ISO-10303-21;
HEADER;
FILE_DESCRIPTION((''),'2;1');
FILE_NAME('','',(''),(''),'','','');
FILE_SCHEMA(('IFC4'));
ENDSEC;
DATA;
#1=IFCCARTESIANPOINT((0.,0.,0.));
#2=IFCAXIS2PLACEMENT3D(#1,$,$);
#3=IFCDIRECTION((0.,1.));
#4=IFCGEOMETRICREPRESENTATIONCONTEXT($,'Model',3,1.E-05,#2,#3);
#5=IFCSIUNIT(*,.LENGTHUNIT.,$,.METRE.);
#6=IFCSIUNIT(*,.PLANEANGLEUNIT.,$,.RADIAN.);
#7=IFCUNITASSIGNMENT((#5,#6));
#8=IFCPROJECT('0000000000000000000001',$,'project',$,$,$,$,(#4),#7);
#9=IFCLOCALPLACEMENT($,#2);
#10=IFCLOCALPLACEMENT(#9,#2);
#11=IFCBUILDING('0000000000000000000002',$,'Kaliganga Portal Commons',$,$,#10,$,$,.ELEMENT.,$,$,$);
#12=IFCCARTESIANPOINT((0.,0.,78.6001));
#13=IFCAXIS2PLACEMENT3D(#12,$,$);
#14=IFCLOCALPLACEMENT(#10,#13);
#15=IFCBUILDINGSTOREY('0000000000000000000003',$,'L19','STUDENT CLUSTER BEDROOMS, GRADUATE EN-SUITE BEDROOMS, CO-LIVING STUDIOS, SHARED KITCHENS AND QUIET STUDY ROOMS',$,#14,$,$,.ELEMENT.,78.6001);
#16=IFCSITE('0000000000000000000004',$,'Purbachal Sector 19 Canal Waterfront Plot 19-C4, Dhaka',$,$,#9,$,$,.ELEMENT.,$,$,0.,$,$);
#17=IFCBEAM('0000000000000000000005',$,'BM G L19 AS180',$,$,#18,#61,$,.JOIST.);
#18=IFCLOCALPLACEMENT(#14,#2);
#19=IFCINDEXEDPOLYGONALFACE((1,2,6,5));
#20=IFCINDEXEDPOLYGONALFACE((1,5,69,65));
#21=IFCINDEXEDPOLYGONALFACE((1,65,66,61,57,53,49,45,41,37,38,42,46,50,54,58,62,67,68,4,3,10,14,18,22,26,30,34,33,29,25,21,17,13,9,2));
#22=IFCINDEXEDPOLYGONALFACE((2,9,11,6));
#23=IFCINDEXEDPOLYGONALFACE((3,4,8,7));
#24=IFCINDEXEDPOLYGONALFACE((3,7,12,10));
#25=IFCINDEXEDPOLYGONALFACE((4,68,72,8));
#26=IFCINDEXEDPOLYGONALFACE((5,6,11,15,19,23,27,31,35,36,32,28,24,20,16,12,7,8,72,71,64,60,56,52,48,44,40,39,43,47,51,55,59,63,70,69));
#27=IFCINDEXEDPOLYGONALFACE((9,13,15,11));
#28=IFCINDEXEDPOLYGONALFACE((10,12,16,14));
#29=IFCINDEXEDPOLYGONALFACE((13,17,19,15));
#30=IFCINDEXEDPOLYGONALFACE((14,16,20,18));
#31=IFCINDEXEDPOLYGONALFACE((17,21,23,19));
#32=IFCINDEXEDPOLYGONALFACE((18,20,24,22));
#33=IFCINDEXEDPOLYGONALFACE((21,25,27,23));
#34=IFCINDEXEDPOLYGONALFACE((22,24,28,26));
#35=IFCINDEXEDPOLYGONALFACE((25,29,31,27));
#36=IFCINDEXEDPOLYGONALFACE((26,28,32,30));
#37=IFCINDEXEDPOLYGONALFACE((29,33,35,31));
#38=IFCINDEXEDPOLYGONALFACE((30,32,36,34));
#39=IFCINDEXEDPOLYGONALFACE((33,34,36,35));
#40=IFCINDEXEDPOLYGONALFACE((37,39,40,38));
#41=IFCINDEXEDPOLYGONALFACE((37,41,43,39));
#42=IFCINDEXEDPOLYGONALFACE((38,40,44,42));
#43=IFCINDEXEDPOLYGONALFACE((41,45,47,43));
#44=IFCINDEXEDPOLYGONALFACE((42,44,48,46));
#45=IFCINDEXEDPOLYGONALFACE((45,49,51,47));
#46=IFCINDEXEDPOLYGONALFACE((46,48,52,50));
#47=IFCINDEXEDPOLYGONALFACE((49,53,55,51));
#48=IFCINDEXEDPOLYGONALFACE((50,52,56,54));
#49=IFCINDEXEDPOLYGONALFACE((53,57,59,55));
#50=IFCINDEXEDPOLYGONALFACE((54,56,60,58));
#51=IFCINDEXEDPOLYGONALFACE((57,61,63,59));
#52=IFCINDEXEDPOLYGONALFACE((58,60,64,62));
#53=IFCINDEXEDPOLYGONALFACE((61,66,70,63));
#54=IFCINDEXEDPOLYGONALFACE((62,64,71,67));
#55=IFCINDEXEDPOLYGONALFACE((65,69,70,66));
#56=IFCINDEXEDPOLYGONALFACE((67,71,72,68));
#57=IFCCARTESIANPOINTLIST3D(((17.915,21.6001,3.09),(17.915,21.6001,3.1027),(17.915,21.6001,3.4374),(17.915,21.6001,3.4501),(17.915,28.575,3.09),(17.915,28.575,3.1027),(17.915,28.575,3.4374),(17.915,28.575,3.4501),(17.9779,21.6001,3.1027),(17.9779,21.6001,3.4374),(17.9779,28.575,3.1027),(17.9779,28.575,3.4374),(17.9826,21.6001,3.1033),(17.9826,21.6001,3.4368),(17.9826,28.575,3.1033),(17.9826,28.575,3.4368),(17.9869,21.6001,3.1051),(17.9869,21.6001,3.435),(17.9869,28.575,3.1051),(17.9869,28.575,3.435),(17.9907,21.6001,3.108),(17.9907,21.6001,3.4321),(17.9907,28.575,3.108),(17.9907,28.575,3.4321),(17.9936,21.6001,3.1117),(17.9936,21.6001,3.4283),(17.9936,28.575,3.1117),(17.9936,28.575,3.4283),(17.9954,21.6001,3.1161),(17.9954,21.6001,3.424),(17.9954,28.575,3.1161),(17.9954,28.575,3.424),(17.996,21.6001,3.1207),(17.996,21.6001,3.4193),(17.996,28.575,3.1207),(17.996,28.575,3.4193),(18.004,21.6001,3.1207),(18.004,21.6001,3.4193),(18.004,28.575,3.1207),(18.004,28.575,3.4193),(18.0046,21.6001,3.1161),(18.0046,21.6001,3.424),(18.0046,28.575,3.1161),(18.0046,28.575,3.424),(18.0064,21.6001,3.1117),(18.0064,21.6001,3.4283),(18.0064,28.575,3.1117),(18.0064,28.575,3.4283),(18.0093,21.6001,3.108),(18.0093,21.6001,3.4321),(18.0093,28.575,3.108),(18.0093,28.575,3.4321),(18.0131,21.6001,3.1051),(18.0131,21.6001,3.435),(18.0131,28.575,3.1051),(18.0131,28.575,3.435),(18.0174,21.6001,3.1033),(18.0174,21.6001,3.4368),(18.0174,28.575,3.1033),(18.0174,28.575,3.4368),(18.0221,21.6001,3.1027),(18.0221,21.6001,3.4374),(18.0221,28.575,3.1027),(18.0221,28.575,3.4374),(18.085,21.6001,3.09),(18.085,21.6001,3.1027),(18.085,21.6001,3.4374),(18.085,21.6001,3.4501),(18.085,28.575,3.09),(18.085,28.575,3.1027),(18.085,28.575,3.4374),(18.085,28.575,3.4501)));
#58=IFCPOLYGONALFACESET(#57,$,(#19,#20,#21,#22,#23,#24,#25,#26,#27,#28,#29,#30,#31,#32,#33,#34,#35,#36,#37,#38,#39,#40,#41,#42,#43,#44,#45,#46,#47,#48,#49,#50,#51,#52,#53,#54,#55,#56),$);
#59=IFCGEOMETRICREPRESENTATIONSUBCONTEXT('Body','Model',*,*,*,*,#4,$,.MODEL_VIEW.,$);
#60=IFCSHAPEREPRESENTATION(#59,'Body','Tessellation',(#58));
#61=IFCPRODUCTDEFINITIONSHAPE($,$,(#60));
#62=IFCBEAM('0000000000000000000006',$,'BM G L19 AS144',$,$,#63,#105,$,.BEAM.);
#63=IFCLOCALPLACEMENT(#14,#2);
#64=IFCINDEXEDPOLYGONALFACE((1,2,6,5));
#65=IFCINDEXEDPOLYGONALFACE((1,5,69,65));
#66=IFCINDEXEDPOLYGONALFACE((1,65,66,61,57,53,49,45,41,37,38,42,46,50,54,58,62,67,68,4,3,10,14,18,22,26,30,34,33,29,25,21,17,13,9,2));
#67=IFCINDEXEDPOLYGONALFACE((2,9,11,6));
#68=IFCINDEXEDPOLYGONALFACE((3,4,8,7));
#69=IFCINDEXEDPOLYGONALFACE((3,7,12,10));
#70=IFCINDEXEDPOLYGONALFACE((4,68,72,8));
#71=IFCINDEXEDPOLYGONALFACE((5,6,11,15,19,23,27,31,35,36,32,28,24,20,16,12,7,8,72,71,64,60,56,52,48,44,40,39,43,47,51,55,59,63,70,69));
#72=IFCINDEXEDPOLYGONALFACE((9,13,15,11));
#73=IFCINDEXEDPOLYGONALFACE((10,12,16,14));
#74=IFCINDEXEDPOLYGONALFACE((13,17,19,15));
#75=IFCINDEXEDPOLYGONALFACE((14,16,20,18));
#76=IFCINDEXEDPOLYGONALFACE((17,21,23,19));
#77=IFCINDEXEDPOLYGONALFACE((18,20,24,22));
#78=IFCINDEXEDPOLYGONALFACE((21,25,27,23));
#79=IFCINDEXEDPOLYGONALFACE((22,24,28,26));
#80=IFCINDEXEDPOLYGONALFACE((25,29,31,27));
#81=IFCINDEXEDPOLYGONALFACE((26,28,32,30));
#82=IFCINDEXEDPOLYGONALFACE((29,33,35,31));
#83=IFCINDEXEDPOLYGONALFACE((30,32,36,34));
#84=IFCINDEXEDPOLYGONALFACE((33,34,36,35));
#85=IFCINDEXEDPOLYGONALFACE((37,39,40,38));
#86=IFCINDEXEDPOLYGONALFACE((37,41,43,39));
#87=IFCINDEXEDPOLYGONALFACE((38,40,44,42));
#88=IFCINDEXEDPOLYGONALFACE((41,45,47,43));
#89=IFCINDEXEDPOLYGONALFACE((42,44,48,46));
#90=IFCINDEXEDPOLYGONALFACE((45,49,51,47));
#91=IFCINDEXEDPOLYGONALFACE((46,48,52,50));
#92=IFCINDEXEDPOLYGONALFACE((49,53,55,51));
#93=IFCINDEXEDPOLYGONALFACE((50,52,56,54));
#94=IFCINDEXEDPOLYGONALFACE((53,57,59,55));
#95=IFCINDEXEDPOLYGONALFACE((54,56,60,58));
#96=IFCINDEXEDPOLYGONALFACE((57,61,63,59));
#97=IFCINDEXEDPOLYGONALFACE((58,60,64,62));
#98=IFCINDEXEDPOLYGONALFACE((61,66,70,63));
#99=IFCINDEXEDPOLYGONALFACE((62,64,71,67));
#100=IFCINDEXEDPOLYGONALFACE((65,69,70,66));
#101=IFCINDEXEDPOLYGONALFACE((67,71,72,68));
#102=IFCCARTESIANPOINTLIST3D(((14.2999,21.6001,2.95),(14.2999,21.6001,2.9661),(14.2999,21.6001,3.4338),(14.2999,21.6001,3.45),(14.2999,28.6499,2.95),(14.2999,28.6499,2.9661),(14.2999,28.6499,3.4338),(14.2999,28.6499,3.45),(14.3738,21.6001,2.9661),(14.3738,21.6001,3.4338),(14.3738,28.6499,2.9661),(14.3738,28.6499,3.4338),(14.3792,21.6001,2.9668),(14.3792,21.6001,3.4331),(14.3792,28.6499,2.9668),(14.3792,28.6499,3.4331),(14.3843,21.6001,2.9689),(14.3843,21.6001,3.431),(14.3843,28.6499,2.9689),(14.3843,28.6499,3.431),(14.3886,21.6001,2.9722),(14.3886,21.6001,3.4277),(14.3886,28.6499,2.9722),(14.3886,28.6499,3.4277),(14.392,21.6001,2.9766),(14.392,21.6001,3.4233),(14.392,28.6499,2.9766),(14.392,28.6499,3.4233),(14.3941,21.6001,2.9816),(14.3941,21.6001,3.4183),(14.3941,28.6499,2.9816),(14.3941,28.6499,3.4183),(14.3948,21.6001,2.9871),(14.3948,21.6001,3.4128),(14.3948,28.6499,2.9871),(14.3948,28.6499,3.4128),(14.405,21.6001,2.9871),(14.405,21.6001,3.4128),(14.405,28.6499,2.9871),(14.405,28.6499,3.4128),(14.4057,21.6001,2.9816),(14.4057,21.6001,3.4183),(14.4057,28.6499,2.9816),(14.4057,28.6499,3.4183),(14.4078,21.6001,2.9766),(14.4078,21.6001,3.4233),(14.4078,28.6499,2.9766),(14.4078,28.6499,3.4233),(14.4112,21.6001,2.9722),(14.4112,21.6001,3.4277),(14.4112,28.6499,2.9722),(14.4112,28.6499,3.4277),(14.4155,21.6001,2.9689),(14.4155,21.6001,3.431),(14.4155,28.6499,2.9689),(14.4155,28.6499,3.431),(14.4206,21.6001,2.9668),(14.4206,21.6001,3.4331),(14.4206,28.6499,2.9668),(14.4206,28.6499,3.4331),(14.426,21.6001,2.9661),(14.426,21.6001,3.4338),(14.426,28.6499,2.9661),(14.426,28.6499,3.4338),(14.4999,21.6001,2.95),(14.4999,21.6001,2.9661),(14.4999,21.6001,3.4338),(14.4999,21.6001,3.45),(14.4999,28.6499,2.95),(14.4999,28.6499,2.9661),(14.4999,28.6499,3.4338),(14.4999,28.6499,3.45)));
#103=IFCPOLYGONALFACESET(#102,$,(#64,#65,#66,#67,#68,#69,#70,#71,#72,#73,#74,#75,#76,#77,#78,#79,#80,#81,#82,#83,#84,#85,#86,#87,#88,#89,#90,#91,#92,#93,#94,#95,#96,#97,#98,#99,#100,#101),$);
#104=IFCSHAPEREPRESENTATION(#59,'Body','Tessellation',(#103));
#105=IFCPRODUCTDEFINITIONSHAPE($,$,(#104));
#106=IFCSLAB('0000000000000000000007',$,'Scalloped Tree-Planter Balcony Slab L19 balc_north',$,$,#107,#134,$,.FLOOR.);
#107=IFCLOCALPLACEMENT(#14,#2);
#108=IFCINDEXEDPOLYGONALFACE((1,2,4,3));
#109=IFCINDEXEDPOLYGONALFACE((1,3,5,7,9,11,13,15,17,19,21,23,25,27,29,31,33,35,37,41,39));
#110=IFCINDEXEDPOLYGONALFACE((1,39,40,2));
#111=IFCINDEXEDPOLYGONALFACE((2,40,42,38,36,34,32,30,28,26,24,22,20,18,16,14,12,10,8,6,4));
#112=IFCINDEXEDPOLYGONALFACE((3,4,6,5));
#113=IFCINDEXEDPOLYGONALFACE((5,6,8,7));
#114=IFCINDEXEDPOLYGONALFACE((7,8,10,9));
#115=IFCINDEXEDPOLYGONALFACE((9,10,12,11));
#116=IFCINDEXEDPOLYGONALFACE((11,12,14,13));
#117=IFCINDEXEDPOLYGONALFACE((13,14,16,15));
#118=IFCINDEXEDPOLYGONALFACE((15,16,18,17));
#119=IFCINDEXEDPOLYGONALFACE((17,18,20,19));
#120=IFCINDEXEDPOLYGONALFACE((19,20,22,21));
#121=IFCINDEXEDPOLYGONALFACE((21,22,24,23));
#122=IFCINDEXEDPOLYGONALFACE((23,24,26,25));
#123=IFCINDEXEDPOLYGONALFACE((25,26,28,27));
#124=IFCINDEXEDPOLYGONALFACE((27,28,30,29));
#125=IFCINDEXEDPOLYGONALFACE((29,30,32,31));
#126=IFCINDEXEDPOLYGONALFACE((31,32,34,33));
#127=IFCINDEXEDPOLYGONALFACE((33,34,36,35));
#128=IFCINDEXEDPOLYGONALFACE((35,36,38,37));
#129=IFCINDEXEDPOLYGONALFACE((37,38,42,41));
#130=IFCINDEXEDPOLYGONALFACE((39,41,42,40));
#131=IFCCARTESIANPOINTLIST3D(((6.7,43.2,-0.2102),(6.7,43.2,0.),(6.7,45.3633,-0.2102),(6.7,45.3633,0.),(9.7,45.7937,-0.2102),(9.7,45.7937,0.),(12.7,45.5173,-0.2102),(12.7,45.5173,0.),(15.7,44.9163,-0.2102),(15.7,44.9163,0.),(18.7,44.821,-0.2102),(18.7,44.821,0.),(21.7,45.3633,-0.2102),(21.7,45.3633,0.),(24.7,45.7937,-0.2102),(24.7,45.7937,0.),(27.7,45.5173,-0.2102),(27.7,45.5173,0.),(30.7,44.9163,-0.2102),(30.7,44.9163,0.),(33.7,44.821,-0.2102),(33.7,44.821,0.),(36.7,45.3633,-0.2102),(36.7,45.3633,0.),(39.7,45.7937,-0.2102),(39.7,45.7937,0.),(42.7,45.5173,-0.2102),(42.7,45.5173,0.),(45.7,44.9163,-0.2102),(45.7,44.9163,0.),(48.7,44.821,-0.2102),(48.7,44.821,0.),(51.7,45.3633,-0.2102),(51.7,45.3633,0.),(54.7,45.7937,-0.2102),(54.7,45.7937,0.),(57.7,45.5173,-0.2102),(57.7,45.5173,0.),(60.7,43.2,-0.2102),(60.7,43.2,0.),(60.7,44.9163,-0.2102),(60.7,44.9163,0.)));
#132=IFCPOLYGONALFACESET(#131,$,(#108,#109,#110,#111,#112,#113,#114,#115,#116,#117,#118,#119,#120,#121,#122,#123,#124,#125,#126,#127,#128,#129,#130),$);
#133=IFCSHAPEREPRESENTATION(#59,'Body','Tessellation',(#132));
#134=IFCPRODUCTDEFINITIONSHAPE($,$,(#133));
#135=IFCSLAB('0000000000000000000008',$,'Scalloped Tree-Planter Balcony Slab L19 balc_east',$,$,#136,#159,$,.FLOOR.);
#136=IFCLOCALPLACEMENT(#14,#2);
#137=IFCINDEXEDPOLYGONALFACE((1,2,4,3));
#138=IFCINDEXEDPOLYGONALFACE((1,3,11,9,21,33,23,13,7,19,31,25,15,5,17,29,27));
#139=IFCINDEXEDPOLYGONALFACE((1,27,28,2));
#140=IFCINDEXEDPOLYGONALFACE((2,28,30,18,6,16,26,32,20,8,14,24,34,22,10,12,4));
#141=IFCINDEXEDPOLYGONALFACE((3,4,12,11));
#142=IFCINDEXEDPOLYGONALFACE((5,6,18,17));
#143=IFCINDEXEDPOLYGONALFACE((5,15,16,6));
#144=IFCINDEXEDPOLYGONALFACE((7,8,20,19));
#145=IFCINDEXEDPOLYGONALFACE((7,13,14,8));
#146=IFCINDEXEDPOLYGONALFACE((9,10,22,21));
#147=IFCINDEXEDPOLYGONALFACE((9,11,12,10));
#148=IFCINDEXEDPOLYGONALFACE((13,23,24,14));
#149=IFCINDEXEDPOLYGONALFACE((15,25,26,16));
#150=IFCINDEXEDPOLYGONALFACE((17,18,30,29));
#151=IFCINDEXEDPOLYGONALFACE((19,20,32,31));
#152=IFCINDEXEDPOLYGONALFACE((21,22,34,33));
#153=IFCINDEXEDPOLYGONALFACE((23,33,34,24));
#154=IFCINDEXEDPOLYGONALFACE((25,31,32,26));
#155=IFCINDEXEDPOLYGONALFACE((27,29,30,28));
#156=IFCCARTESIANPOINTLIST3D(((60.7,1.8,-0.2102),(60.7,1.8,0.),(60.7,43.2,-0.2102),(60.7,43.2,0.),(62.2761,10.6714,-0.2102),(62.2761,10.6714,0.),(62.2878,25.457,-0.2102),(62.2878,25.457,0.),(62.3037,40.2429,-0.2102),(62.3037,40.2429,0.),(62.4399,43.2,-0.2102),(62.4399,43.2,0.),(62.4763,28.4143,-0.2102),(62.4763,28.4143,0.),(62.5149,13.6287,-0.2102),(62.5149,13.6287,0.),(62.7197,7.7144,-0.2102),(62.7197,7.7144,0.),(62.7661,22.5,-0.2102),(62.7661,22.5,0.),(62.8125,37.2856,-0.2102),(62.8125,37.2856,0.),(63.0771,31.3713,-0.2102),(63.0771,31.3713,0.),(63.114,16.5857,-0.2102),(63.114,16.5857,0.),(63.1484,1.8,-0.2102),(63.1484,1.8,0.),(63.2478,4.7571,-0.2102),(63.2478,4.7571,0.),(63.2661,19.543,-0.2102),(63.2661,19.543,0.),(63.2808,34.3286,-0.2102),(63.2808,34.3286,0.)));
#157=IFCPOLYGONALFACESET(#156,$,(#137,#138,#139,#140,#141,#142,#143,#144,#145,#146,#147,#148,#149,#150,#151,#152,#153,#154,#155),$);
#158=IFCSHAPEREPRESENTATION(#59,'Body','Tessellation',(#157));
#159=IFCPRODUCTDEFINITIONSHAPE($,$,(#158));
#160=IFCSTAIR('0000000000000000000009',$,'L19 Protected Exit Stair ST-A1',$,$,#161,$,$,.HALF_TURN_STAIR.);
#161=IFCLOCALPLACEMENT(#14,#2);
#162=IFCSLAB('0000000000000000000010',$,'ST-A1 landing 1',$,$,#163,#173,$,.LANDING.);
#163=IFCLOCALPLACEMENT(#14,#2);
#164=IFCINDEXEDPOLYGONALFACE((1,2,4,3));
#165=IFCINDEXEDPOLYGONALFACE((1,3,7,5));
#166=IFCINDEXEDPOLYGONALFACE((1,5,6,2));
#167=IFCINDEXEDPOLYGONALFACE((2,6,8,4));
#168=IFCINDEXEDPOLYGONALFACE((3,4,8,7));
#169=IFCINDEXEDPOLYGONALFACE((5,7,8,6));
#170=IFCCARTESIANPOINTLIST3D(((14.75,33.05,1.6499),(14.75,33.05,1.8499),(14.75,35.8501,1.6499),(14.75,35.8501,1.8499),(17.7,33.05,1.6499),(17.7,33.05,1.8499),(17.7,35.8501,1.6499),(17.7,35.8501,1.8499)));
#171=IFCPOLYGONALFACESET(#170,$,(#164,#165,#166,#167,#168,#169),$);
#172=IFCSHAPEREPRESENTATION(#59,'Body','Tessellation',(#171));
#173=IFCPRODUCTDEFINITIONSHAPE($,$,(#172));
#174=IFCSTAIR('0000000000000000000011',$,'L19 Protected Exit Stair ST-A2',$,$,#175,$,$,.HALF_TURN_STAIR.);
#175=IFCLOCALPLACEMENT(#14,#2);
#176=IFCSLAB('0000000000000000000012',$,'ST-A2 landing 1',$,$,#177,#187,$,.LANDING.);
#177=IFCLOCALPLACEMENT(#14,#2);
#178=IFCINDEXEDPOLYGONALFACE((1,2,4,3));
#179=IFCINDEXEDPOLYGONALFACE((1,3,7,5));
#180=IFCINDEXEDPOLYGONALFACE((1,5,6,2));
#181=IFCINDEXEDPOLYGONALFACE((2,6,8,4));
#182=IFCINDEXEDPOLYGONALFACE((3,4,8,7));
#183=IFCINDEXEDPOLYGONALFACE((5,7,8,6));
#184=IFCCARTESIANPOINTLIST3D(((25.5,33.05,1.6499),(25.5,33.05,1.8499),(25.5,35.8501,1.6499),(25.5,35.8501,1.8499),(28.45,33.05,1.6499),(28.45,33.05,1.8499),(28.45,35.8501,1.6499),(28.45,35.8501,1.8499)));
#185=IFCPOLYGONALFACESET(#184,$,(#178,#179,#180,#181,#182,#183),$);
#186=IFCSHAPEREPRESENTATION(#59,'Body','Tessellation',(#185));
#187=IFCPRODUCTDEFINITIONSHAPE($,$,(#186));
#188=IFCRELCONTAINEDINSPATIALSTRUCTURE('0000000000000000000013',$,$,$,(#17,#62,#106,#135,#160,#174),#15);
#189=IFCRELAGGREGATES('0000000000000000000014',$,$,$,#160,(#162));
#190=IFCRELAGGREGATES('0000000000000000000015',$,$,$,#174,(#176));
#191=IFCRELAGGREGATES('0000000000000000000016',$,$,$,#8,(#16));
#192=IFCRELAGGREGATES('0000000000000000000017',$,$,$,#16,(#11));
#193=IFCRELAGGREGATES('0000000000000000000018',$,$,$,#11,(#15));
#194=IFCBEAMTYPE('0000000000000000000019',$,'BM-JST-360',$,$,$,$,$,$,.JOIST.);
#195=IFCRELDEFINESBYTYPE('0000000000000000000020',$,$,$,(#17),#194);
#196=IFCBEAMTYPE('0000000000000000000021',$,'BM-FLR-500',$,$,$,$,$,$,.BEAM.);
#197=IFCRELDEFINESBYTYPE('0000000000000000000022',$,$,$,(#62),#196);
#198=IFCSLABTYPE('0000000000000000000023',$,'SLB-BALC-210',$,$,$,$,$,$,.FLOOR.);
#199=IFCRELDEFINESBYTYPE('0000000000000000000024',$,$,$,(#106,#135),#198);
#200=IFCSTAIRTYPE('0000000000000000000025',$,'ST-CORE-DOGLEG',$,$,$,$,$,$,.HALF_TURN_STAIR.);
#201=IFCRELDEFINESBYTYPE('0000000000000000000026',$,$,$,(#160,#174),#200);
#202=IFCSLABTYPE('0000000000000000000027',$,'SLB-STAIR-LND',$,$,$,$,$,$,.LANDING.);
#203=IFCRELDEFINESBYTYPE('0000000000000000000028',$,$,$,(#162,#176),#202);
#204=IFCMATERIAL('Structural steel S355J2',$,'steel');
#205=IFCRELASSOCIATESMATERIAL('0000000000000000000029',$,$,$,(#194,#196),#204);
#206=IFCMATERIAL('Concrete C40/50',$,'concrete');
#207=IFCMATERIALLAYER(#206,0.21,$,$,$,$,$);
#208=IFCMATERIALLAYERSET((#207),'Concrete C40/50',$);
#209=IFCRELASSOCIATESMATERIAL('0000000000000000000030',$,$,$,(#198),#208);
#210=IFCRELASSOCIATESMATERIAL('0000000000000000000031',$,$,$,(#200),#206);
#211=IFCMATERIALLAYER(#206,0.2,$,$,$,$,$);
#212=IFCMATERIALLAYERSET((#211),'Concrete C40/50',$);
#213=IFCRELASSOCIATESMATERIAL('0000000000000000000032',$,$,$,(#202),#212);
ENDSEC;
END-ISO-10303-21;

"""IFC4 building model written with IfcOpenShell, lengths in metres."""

from ifc_helpers import new_model, si_unit, direction, frame, origin, origin_2d, place, context, subcontext, project, spatial, polyline, i_section, outline, extrude, source, transform, mapped, material, layer, layer_set, material_profile, profile_set, type_object, element, aggregate, save


model = new_model("IFC4")

# Units and contexts
model_context = context("Model", 3, precision=1e-05, world=origin(), true_north=direction((0.0, 1.0)))
body_context = subcontext(model_context, "Body", "Model", "MODEL_VIEW")
ifc_project = project(units=[si_unit("LENGTHUNIT", "METRE"), si_unit("PLANEANGLEUNIT", "RADIAN")], contexts=[model_context])

# Site, building, storey
site_placement = place(None, origin())
site = spatial("IfcSite", under=ifc_project, at=site_placement, Name="Purbachal Sector 19 Canal Waterfront Plot 19-C4, Dhaka", CompositionType="ELEMENT", RefElevation=0.0)
building_placement = place(site_placement, origin())
building = spatial("IfcBuilding", under=site, at=building_placement, Name="Kaliganga Portal Commons", CompositionType="ELEMENT")
storey_placement = place(building_placement, frame((0.0, 0.0, 78.6001)))
storey = spatial("IfcBuildingStorey", under=building, at=storey_placement, Name="L19", Description="STUDENT CLUSTER BEDROOMS, GRADUATE EN-SUITE BEDROOMS, CO-LIVING STUDIOS, SHARED KITCHENS AND QUIET STUDY ROOMS", CompositionType="ELEMENT", Elevation=78.6001)

# Beams
ifc_material_1 = material(Name="Structural steel S355J2", Category="steel")
ifc_material_profile_1 = material_profile(ifc_material_1, i_section(OverallWidth=0.1699, OverallDepth=0.3601, WebThickness=0.0081, FlangeThickness=0.0127, FilletRadius=0.0181, at=origin_2d()), Name="IPE 360")
ifc_profile_set_1 = profile_set([ifc_material_profile_1], Name="Structural steel S355J2 wide-flange")
beam_type_1 = type_object("IfcBeamType", Name="BM-JST-360", PredefinedType="JOIST", material=ifc_profile_set_1)
shared_shape_1 = source(origin(), body_context, "Body", "SweptSolid", [
    extrude(i_section(OverallWidth=0.1699, OverallDepth=0.3601, WebThickness=0.0081, FlangeThickness=0.0127, FilletRadius=0.0181, at=origin_2d()), origin(), (0.0, 0.0, 1.0), 6.9749),
])
beam_1_placement = place(storey_placement, frame((18.0, 21.6001, 3.27), z_axis=(0.0, 1.0, 0.0), x_axis=(-1.0, 0.0, 0.0)))
element("IfcBeam", 1, at=beam_1_placement, inside=storey, type_object=beam_type_1, Name="BM G L19 AS180", PredefinedType="JOIST", context=body_context, shape_type="MappedRepresentation", body=[
    mapped(shared_shape_1, transform((0.0, 0.0, 0.0), x_axis=(1.0, 0.0, 0.0), y_axis=(0.0, 1.0, 0.0), z_axis=(0.0, 0.0, 1.0), scale=1.0)),
])
ifc_material_profile_2 = material_profile(ifc_material_1, i_section(OverallWidth=0.2, OverallDepth=0.5, WebThickness=0.0103, FlangeThickness=0.0161, FilletRadius=0.021, at=origin_2d()), Name="IPE 500")
ifc_profile_set_2 = profile_set([ifc_material_profile_2], Name="Structural steel S355J2 wide-flange")
beam_type_2 = type_object("IfcBeamType", Name="BM-FLR-500", PredefinedType="BEAM", material=ifc_profile_set_2)
shared_shape_2 = source(origin(), body_context, "Body", "SweptSolid", [
    extrude(i_section(OverallWidth=0.2, OverallDepth=0.5, WebThickness=0.0103, FlangeThickness=0.0161, FilletRadius=0.021, at=origin_2d()), origin(), (0.0, 0.0, 1.0), 7.0498),
])
beam_2_placement = place(storey_placement, frame((14.3999, 21.6001, 3.2), z_axis=(0.0, 1.0, 0.0), x_axis=(-1.0, 0.0, 0.0)))
element("IfcBeam", 2, at=beam_2_placement, inside=storey, type_object=beam_type_2, Name="BM G L19 AS144", PredefinedType="BEAM", context=body_context, shape_type="MappedRepresentation", body=[
    mapped(shared_shape_2, transform((0.0, 0.0, 0.0), x_axis=(1.0, 0.0, 0.0), y_axis=(0.0, 1.0, 0.0), z_axis=(0.0, 0.0, 1.0), scale=1.0)),
])

# Slabs
ifc_material_2 = material(Name="Concrete C40/50", Category="concrete")
ifc_layer_1 = layer(ifc_material_2, 0.21)
ifc_layer_set_1 = layer_set([ifc_layer_1], Name="Concrete C40/50")
slab_type_1 = type_object("IfcSlabType", Name="SLB-BALC-210", PredefinedType="FLOOR", material=ifc_layer_set_1)
slab_1_placement = place(storey_placement, frame((0.0, 0.0, -0.2102)))
element("IfcSlab", 3, at=slab_1_placement, inside=storey, type_object=slab_type_1, Name="Scalloped Tree-Planter Balcony Slab L19 balc_north", PredefinedType="FLOOR", context=body_context, shape_type="SweptSolid", body=[
    extrude(outline(polyline([(60.7, 43.2), (60.7, 44.9163), (57.7, 45.5173), (54.7, 45.7937), (51.7, 45.3633), (48.7, 44.821), (45.7, 44.9163), (42.7, 45.5173), (39.7, 45.7937), (36.7, 45.3633), (33.7, 44.821), (30.7, 44.9163), (27.7, 45.5173), (24.7, 45.7937), (21.7, 45.3633), (18.7, 44.821), (15.7, 44.9163), (12.7, 45.5173), (9.7, 45.7937), (6.7, 45.3633), (6.7, 43.2), (60.7, 43.2)])), origin(), (0.0, 0.0, 1.0), 0.2102),
])
slab_2_placement = place(storey_placement, frame((0.0, 0.0, -0.2102)))
element("IfcSlab", 4, at=slab_2_placement, inside=storey, type_object=slab_type_1, Name="Scalloped Tree-Planter Balcony Slab L19 balc_east", PredefinedType="FLOOR", context=body_context, shape_type="SweptSolid", body=[
    extrude(outline(polyline([(60.7, 1.8), (63.1484, 1.8), (63.2478, 4.7571), (62.7197, 7.7144), (62.2761, 10.6714), (62.5149, 13.6287), (63.114, 16.5857), (63.2661, 19.543), (62.7661, 22.5), (62.2878, 25.457), (62.4763, 28.4143), (63.0771, 31.3713), (63.2808, 34.3286), (62.8125, 37.2856), (62.3037, 40.2429), (62.4399, 43.2), (60.7, 43.2), (60.7, 1.8)])), origin(), (0.0, 0.0, 1.0), 0.2102),
])

# Stairs, slabs
stair_type = type_object("IfcStairType", Name="ST-CORE-DOGLEG", PredefinedType="HALF_TURN_STAIR", material=ifc_material_2)
stair_1_placement = place(storey_placement, origin())
stair_1 = element("IfcStair", 5, at=stair_1_placement, inside=storey, type_object=stair_type, Name="L19 Protected Exit Stair ST-A1", PredefinedType="HALF_TURN_STAIR")
ifc_layer_2 = layer(ifc_material_2, 0.2)
ifc_layer_set_2 = layer_set([ifc_layer_2], Name="Concrete C40/50")
slab_type_2 = type_object("IfcSlabType", Name="SLB-STAIR-LND", PredefinedType="LANDING", material=ifc_layer_set_2)
slab_3_placement = place(storey_placement, frame((0.0, 0.0, 1.6499)))
slab_3 = element("IfcSlab", 6, at=slab_3_placement, type_object=slab_type_2, Name="ST-A1 landing 1", PredefinedType="LANDING", context=body_context, shape_type="SweptSolid", body=[
    extrude(outline(polyline([(17.7, 33.05), (17.7, 35.8501), (14.75, 35.8501), (14.75, 33.05), (17.7, 33.05)])), origin(), (0.0, 0.0, 1.0), 0.2),
])
aggregate(stair_1, [slab_3])
stair_2_placement = place(storey_placement, origin())
stair_2 = element("IfcStair", 7, at=stair_2_placement, inside=storey, type_object=stair_type, Name="L19 Protected Exit Stair ST-A2", PredefinedType="HALF_TURN_STAIR")
slab_4_placement = place(storey_placement, frame((0.0, 0.0, 1.6499)))
slab_4 = element("IfcSlab", 8, at=slab_4_placement, type_object=slab_type_2, Name="ST-A2 landing 1", PredefinedType="LANDING", context=body_context, shape_type="SweptSolid", body=[
    extrude(outline(polyline([(28.45, 33.05), (28.45, 35.8501), (25.5, 35.8501), (25.5, 33.05), (28.45, 33.05)])), origin(), (0.0, 0.0, 1.0), 0.2),
])
aggregate(stair_2, [slab_4])

save(model, "model.ifc")
